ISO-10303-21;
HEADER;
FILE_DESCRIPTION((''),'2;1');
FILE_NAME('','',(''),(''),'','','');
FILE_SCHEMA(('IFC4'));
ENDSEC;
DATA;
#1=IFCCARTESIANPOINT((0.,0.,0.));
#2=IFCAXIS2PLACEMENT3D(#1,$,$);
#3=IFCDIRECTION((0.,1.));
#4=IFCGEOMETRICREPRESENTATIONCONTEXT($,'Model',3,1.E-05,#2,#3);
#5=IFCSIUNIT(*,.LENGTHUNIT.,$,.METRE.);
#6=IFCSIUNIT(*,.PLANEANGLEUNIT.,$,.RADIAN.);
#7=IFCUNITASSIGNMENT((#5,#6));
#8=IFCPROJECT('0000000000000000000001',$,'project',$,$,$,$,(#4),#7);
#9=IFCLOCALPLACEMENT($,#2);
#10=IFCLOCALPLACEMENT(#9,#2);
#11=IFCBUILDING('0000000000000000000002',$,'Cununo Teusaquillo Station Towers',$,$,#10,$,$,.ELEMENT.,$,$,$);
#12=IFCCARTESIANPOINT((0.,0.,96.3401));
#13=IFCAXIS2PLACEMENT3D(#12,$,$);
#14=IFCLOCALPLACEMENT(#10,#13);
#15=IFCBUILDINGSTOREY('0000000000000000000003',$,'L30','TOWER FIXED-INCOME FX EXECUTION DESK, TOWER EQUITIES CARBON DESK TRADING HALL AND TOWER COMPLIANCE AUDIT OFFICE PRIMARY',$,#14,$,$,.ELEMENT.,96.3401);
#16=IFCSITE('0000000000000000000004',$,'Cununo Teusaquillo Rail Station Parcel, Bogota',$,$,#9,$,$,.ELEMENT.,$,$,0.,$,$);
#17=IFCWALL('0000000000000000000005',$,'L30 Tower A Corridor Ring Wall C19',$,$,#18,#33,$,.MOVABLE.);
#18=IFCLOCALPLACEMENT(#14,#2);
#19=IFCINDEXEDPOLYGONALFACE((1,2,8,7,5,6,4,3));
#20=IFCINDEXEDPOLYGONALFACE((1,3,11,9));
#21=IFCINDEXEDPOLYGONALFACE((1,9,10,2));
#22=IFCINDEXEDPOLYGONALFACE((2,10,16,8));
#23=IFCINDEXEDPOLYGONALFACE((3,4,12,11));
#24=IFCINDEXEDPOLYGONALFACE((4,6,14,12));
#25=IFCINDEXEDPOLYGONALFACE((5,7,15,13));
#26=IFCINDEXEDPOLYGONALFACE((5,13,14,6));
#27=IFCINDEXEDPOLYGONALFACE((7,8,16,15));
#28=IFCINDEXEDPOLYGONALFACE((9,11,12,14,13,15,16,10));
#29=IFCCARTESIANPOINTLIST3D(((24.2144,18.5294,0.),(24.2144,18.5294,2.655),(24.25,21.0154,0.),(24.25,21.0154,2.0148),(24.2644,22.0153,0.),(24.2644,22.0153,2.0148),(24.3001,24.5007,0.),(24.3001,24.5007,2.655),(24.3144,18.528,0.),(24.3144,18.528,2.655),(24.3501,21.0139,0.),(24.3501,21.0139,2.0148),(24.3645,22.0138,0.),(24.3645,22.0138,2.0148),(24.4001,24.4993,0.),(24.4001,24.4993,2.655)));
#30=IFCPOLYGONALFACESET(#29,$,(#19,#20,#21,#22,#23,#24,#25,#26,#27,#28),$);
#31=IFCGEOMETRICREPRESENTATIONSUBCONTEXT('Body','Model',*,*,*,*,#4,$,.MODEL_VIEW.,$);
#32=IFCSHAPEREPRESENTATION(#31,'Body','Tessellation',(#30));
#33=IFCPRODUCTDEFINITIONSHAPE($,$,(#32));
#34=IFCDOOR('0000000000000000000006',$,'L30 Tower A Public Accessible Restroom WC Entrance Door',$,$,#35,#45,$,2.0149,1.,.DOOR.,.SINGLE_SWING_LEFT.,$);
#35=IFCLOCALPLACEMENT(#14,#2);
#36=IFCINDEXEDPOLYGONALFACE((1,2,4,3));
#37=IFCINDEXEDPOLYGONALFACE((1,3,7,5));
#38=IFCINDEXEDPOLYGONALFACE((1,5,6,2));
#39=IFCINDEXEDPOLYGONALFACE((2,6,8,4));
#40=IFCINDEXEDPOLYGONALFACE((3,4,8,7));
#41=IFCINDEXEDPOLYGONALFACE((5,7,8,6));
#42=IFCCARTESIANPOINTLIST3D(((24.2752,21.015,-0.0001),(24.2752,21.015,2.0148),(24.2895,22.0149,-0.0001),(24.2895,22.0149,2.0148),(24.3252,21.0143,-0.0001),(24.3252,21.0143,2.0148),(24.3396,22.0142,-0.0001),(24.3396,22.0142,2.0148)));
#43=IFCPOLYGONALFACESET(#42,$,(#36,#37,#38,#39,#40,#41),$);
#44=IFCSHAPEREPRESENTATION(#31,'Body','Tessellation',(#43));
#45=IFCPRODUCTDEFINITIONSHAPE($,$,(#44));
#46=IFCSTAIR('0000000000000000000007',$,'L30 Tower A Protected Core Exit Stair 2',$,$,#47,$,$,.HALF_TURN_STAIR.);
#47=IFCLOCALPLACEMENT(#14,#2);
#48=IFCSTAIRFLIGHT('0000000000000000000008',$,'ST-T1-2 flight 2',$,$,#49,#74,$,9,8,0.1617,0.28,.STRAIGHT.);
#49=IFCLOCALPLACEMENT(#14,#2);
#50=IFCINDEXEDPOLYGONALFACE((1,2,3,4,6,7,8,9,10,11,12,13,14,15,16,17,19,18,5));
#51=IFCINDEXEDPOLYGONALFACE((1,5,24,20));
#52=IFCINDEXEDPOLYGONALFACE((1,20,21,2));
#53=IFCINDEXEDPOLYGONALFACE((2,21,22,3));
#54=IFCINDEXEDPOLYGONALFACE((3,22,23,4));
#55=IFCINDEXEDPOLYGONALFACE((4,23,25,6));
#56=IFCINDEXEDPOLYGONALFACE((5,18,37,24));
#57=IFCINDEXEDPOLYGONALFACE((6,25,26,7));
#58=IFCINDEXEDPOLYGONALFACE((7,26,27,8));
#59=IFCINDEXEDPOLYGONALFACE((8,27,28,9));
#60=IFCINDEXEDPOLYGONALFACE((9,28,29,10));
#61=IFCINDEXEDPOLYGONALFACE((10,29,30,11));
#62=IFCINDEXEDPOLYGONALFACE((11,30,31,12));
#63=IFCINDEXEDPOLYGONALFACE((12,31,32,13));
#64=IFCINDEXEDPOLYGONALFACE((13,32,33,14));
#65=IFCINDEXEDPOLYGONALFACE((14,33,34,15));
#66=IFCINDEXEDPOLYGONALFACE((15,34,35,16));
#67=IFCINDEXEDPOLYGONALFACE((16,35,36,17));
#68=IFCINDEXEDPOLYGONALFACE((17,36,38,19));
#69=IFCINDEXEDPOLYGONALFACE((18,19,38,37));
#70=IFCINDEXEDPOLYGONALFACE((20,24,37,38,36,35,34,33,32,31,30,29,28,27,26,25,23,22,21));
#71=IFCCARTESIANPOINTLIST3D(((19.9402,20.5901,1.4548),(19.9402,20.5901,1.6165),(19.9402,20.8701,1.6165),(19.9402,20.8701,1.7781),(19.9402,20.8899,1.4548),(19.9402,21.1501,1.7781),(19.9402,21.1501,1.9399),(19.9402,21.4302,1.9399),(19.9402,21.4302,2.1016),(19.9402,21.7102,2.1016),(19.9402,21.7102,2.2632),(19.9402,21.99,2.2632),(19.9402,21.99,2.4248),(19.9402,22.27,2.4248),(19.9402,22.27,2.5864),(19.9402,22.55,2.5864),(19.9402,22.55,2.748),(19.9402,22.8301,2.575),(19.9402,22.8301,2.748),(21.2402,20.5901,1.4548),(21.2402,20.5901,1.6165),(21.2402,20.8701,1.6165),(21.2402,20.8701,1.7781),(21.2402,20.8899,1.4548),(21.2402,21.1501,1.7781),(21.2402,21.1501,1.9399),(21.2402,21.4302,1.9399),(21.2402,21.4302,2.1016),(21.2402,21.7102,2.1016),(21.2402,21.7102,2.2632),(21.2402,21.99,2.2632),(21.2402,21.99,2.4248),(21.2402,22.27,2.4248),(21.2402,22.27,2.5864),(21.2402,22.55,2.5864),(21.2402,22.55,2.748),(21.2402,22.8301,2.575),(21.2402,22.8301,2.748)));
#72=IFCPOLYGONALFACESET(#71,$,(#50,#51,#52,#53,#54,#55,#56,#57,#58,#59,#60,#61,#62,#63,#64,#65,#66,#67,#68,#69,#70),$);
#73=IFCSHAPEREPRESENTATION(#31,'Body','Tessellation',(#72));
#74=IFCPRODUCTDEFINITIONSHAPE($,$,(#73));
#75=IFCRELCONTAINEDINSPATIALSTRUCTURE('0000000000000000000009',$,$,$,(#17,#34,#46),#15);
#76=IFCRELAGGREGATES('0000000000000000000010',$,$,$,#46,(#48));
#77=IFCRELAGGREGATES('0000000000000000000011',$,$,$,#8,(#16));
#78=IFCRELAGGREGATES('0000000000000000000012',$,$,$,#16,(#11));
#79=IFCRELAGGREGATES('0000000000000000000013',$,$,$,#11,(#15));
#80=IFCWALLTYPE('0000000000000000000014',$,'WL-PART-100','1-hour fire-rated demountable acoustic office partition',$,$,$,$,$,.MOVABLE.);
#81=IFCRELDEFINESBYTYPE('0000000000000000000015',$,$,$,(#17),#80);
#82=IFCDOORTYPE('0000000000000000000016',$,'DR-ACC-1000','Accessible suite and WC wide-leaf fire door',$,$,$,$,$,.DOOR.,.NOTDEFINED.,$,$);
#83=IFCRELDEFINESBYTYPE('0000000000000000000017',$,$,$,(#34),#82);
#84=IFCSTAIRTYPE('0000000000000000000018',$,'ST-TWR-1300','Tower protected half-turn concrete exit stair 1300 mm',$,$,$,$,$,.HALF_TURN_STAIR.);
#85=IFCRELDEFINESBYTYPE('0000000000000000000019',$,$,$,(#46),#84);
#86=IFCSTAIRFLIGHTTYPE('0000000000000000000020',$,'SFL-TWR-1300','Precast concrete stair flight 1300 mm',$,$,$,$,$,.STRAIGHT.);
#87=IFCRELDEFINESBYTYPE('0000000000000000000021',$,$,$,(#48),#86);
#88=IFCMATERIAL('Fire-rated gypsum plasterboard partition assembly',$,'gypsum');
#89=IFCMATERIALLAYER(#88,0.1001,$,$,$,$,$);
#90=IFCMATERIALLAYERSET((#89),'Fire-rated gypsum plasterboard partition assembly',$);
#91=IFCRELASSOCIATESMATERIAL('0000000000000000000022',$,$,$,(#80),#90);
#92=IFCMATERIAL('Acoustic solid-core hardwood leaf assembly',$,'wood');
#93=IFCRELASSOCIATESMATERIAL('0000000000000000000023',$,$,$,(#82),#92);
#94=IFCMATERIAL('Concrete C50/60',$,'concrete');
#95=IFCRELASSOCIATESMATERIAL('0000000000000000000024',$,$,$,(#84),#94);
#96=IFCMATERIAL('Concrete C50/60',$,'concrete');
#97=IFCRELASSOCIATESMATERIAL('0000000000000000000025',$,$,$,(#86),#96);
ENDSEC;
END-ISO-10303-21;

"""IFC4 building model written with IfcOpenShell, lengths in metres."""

from ifc_helpers import new_model, si_unit, direction, frame, frame_2d, origin, place, context, subcontext, project, spatial, polyline, rectangle, outline, extrude, source, transform, mapped, material, layer, layer_set, type_object, element, fill, aggregate, save


model = new_model("IFC4")

# Units and contexts
model_context = context("Model", 3, precision=1e-05, world=origin(), true_north=direction((0.0, 1.0)))
body_context = subcontext(model_context, "Body", "Model", "MODEL_VIEW")
ifc_project = project(units=[si_unit("LENGTHUNIT", "METRE"), si_unit("PLANEANGLEUNIT", "RADIAN")], contexts=[model_context])

# Site, building, storey
site_placement = place(None, origin())
site = spatial("IfcSite", under=ifc_project, at=site_placement, Name="Cununo Teusaquillo Rail Station Parcel, Bogota", CompositionType="ELEMENT", RefElevation=0.0)
building_placement = place(site_placement, origin())
building = spatial("IfcBuilding", under=site, at=building_placement, Name="Cununo Teusaquillo Station Towers", CompositionType="ELEMENT")
storey_placement = place(building_placement, frame((0.0, 0.0, 96.3401)))
storey = spatial("IfcBuildingStorey", under=building, at=storey_placement, Name="L30", Description="TOWER FIXED-INCOME FX EXECUTION DESK, TOWER EQUITIES CARBON DESK TRADING HALL AND TOWER COMPLIANCE AUDIT OFFICE PRIMARY", CompositionType="ELEMENT", Elevation=96.3401)

# Wall, opening, door
ifc_material_1 = material(Name="Fire-rated gypsum plasterboard partition assembly", Category="gypsum")
ifc_layer_1 = layer(ifc_material_1, 0.1001)
ifc_layer_set_1 = layer_set([ifc_layer_1], Name="Fire-rated gypsum plasterboard partition assembly")
wall_type_1 = type_object("IfcWallType", Name="WL-PART-100", Description="1-hour fire-rated demountable acoustic office partition", PredefinedType="MOVABLE", material=ifc_layer_set_1)
wall_1_placement = place(storey_placement, frame((24.2644, 18.5288, 0.0), z_axis=(0.0, 0.0, 1.0), x_axis=(0.01435, 0.999897, 0.0)))
wall_1 = element("IfcWall", 1, at=wall_1_placement, inside=storey, type_object=wall_type_1, Name="L30 Tower A Corridor Ring Wall C19", PredefinedType="MOVABLE", context=body_context, shape_type="SweptSolid", body=[
    extrude(rectangle(XDim=5.9719, YDim=0.1001, at=frame_2d((2.9858, 0.0))), origin(), (0.0, 0.0, 1.0), 2.655),
])
shared_shape_1 = source(origin(), body_context, "Body", "SweptSolid", [
    extrude(rectangle(XDim=1.0, YDim=2.0149, at=frame_2d((0.5, 1.0073))), frame((0.0, 0.0601, 0.0), z_axis=(0.0, -1.0, 0.0), x_axis=(1.0, 0.0, 0.0)), (0.0, 0.0, 1.0), 0.1201),
])
opening_placement = place(wall_1_placement, frame((2.4861, 0.0, 0.0)))
opening = element("IfcOpeningElement", 2, at=opening_placement, cuts=wall_1, PredefinedType="OPENING", context=body_context, shape_type="MappedRepresentation", body=[
    mapped(shared_shape_1, transform((0.0, 0.0, 0.0), x_axis=(1.0, 0.0, 0.0), y_axis=(0.0, 1.0, 0.0), z_axis=(0.0, 0.0, 1.0), scale=1.0)),
])
ifc_material_2 = material(Name="Acoustic solid-core hardwood leaf assembly", Category="wood")
door_type = type_object("IfcDoorType", Name="DR-ACC-1000", Description="Accessible suite and WC wide-leaf fire door", OperationType="NOTDEFINED", PredefinedType="DOOR", material=ifc_material_2)
shared_shape_2 = source(origin(), body_context, "Body", "SweptSolid", [
    extrude(rectangle(XDim=1.0, YDim=2.0149, at=frame_2d((0.5, 1.0073))), frame((0.0, 0.0249, 0.0), z_axis=(0.0, -1.0, 0.0), x_axis=(1.0, 0.0, 0.0)), (0.0, 0.0, 1.0), 0.05),
])
door_placement = place(opening_placement, origin())
door = element("IfcDoor", 3, at=door_placement, inside=storey, type_object=door_type, Name="L30 Tower A Public Accessible Restroom WC Entrance Door", OperationType="SINGLE_SWING_LEFT", OverallHeight=2.0149, OverallWidth=1.0, PredefinedType="DOOR", context=body_context, shape_type="MappedRepresentation", body=[
    mapped(shared_shape_2, transform((0.0, 0.0, 0.0), x_axis=(1.0, 0.0, 0.0), y_axis=(0.0, 1.0, 0.0), z_axis=(0.0, 0.0, 1.0), scale=1.0)),
])
fill(opening, door)

# Stair, stair flight
ifc_material_3 = material(Name="Concrete C50/60", Category="concrete")
stair_type = type_object("IfcStairType", Name="ST-TWR-1300", Description="Tower protected half-turn concrete exit stair 1300 mm", PredefinedType="HALF_TURN_STAIR", material=ifc_material_3)
stair_placement = place(storey_placement, origin())
stair = element("IfcStair", 4, at=stair_placement, inside=storey, type_object=stair_type, Name="L30 Tower A Protected Core Exit Stair 2", PredefinedType="HALF_TURN_STAIR")
ifc_material_4 = material(Name="Concrete C50/60", Category="concrete")
stair_flight_type = type_object("IfcStairFlightType", Name="SFL-TWR-1300", Description="Precast concrete stair flight 1300 mm", PredefinedType="STRAIGHT", material=ifc_material_4)
stair_flight_placement = place(storey_placement, frame((20.5901, 20.5901, 1.4548), z_axis=(0.0, 0.0, 1.0), x_axis=(0.0, 1.0, 0.0)))
stair_flight = element("IfcStairFlight", 5, at=stair_flight_placement, type_object=stair_flight_type, Name="ST-T1-2 flight 2", NumberOfRisers=9, NumberOfTreads=8, PredefinedType="STRAIGHT", RiserHeight=0.1617, TreadLength=0.28, context=body_context, shape_type="SweptSolid", body=[
    extrude(outline(polyline([(0.0, 0.0), (0.0, 0.1616), (0.28, 0.1616), (0.28, 0.3232), (0.5601, 0.3232), (0.5601, 0.4851), (0.8401, 0.4851), (0.8401, 0.6467), (1.1201, 0.6467), (1.1201, 0.8083), (1.3999, 0.8083), (1.3999, 0.97), (1.6799, 0.97), (1.6799, 1.1316), (1.96, 1.1316), (1.96, 1.2932), (2.24, 1.2932), (2.24, 1.4551), (2.24, 1.1201), (0.2998, 0.0), (0.0, 0.0)])), frame((0.0, 0.6499, 0.0), z_axis=(0.0, -1.0, 0.0), x_axis=(1.0, 0.0, 0.0)), (0.0, 0.0, 1.0), 1.3),
])
aggregate(stair, [stair_flight])

save(model, "model.ifc")
